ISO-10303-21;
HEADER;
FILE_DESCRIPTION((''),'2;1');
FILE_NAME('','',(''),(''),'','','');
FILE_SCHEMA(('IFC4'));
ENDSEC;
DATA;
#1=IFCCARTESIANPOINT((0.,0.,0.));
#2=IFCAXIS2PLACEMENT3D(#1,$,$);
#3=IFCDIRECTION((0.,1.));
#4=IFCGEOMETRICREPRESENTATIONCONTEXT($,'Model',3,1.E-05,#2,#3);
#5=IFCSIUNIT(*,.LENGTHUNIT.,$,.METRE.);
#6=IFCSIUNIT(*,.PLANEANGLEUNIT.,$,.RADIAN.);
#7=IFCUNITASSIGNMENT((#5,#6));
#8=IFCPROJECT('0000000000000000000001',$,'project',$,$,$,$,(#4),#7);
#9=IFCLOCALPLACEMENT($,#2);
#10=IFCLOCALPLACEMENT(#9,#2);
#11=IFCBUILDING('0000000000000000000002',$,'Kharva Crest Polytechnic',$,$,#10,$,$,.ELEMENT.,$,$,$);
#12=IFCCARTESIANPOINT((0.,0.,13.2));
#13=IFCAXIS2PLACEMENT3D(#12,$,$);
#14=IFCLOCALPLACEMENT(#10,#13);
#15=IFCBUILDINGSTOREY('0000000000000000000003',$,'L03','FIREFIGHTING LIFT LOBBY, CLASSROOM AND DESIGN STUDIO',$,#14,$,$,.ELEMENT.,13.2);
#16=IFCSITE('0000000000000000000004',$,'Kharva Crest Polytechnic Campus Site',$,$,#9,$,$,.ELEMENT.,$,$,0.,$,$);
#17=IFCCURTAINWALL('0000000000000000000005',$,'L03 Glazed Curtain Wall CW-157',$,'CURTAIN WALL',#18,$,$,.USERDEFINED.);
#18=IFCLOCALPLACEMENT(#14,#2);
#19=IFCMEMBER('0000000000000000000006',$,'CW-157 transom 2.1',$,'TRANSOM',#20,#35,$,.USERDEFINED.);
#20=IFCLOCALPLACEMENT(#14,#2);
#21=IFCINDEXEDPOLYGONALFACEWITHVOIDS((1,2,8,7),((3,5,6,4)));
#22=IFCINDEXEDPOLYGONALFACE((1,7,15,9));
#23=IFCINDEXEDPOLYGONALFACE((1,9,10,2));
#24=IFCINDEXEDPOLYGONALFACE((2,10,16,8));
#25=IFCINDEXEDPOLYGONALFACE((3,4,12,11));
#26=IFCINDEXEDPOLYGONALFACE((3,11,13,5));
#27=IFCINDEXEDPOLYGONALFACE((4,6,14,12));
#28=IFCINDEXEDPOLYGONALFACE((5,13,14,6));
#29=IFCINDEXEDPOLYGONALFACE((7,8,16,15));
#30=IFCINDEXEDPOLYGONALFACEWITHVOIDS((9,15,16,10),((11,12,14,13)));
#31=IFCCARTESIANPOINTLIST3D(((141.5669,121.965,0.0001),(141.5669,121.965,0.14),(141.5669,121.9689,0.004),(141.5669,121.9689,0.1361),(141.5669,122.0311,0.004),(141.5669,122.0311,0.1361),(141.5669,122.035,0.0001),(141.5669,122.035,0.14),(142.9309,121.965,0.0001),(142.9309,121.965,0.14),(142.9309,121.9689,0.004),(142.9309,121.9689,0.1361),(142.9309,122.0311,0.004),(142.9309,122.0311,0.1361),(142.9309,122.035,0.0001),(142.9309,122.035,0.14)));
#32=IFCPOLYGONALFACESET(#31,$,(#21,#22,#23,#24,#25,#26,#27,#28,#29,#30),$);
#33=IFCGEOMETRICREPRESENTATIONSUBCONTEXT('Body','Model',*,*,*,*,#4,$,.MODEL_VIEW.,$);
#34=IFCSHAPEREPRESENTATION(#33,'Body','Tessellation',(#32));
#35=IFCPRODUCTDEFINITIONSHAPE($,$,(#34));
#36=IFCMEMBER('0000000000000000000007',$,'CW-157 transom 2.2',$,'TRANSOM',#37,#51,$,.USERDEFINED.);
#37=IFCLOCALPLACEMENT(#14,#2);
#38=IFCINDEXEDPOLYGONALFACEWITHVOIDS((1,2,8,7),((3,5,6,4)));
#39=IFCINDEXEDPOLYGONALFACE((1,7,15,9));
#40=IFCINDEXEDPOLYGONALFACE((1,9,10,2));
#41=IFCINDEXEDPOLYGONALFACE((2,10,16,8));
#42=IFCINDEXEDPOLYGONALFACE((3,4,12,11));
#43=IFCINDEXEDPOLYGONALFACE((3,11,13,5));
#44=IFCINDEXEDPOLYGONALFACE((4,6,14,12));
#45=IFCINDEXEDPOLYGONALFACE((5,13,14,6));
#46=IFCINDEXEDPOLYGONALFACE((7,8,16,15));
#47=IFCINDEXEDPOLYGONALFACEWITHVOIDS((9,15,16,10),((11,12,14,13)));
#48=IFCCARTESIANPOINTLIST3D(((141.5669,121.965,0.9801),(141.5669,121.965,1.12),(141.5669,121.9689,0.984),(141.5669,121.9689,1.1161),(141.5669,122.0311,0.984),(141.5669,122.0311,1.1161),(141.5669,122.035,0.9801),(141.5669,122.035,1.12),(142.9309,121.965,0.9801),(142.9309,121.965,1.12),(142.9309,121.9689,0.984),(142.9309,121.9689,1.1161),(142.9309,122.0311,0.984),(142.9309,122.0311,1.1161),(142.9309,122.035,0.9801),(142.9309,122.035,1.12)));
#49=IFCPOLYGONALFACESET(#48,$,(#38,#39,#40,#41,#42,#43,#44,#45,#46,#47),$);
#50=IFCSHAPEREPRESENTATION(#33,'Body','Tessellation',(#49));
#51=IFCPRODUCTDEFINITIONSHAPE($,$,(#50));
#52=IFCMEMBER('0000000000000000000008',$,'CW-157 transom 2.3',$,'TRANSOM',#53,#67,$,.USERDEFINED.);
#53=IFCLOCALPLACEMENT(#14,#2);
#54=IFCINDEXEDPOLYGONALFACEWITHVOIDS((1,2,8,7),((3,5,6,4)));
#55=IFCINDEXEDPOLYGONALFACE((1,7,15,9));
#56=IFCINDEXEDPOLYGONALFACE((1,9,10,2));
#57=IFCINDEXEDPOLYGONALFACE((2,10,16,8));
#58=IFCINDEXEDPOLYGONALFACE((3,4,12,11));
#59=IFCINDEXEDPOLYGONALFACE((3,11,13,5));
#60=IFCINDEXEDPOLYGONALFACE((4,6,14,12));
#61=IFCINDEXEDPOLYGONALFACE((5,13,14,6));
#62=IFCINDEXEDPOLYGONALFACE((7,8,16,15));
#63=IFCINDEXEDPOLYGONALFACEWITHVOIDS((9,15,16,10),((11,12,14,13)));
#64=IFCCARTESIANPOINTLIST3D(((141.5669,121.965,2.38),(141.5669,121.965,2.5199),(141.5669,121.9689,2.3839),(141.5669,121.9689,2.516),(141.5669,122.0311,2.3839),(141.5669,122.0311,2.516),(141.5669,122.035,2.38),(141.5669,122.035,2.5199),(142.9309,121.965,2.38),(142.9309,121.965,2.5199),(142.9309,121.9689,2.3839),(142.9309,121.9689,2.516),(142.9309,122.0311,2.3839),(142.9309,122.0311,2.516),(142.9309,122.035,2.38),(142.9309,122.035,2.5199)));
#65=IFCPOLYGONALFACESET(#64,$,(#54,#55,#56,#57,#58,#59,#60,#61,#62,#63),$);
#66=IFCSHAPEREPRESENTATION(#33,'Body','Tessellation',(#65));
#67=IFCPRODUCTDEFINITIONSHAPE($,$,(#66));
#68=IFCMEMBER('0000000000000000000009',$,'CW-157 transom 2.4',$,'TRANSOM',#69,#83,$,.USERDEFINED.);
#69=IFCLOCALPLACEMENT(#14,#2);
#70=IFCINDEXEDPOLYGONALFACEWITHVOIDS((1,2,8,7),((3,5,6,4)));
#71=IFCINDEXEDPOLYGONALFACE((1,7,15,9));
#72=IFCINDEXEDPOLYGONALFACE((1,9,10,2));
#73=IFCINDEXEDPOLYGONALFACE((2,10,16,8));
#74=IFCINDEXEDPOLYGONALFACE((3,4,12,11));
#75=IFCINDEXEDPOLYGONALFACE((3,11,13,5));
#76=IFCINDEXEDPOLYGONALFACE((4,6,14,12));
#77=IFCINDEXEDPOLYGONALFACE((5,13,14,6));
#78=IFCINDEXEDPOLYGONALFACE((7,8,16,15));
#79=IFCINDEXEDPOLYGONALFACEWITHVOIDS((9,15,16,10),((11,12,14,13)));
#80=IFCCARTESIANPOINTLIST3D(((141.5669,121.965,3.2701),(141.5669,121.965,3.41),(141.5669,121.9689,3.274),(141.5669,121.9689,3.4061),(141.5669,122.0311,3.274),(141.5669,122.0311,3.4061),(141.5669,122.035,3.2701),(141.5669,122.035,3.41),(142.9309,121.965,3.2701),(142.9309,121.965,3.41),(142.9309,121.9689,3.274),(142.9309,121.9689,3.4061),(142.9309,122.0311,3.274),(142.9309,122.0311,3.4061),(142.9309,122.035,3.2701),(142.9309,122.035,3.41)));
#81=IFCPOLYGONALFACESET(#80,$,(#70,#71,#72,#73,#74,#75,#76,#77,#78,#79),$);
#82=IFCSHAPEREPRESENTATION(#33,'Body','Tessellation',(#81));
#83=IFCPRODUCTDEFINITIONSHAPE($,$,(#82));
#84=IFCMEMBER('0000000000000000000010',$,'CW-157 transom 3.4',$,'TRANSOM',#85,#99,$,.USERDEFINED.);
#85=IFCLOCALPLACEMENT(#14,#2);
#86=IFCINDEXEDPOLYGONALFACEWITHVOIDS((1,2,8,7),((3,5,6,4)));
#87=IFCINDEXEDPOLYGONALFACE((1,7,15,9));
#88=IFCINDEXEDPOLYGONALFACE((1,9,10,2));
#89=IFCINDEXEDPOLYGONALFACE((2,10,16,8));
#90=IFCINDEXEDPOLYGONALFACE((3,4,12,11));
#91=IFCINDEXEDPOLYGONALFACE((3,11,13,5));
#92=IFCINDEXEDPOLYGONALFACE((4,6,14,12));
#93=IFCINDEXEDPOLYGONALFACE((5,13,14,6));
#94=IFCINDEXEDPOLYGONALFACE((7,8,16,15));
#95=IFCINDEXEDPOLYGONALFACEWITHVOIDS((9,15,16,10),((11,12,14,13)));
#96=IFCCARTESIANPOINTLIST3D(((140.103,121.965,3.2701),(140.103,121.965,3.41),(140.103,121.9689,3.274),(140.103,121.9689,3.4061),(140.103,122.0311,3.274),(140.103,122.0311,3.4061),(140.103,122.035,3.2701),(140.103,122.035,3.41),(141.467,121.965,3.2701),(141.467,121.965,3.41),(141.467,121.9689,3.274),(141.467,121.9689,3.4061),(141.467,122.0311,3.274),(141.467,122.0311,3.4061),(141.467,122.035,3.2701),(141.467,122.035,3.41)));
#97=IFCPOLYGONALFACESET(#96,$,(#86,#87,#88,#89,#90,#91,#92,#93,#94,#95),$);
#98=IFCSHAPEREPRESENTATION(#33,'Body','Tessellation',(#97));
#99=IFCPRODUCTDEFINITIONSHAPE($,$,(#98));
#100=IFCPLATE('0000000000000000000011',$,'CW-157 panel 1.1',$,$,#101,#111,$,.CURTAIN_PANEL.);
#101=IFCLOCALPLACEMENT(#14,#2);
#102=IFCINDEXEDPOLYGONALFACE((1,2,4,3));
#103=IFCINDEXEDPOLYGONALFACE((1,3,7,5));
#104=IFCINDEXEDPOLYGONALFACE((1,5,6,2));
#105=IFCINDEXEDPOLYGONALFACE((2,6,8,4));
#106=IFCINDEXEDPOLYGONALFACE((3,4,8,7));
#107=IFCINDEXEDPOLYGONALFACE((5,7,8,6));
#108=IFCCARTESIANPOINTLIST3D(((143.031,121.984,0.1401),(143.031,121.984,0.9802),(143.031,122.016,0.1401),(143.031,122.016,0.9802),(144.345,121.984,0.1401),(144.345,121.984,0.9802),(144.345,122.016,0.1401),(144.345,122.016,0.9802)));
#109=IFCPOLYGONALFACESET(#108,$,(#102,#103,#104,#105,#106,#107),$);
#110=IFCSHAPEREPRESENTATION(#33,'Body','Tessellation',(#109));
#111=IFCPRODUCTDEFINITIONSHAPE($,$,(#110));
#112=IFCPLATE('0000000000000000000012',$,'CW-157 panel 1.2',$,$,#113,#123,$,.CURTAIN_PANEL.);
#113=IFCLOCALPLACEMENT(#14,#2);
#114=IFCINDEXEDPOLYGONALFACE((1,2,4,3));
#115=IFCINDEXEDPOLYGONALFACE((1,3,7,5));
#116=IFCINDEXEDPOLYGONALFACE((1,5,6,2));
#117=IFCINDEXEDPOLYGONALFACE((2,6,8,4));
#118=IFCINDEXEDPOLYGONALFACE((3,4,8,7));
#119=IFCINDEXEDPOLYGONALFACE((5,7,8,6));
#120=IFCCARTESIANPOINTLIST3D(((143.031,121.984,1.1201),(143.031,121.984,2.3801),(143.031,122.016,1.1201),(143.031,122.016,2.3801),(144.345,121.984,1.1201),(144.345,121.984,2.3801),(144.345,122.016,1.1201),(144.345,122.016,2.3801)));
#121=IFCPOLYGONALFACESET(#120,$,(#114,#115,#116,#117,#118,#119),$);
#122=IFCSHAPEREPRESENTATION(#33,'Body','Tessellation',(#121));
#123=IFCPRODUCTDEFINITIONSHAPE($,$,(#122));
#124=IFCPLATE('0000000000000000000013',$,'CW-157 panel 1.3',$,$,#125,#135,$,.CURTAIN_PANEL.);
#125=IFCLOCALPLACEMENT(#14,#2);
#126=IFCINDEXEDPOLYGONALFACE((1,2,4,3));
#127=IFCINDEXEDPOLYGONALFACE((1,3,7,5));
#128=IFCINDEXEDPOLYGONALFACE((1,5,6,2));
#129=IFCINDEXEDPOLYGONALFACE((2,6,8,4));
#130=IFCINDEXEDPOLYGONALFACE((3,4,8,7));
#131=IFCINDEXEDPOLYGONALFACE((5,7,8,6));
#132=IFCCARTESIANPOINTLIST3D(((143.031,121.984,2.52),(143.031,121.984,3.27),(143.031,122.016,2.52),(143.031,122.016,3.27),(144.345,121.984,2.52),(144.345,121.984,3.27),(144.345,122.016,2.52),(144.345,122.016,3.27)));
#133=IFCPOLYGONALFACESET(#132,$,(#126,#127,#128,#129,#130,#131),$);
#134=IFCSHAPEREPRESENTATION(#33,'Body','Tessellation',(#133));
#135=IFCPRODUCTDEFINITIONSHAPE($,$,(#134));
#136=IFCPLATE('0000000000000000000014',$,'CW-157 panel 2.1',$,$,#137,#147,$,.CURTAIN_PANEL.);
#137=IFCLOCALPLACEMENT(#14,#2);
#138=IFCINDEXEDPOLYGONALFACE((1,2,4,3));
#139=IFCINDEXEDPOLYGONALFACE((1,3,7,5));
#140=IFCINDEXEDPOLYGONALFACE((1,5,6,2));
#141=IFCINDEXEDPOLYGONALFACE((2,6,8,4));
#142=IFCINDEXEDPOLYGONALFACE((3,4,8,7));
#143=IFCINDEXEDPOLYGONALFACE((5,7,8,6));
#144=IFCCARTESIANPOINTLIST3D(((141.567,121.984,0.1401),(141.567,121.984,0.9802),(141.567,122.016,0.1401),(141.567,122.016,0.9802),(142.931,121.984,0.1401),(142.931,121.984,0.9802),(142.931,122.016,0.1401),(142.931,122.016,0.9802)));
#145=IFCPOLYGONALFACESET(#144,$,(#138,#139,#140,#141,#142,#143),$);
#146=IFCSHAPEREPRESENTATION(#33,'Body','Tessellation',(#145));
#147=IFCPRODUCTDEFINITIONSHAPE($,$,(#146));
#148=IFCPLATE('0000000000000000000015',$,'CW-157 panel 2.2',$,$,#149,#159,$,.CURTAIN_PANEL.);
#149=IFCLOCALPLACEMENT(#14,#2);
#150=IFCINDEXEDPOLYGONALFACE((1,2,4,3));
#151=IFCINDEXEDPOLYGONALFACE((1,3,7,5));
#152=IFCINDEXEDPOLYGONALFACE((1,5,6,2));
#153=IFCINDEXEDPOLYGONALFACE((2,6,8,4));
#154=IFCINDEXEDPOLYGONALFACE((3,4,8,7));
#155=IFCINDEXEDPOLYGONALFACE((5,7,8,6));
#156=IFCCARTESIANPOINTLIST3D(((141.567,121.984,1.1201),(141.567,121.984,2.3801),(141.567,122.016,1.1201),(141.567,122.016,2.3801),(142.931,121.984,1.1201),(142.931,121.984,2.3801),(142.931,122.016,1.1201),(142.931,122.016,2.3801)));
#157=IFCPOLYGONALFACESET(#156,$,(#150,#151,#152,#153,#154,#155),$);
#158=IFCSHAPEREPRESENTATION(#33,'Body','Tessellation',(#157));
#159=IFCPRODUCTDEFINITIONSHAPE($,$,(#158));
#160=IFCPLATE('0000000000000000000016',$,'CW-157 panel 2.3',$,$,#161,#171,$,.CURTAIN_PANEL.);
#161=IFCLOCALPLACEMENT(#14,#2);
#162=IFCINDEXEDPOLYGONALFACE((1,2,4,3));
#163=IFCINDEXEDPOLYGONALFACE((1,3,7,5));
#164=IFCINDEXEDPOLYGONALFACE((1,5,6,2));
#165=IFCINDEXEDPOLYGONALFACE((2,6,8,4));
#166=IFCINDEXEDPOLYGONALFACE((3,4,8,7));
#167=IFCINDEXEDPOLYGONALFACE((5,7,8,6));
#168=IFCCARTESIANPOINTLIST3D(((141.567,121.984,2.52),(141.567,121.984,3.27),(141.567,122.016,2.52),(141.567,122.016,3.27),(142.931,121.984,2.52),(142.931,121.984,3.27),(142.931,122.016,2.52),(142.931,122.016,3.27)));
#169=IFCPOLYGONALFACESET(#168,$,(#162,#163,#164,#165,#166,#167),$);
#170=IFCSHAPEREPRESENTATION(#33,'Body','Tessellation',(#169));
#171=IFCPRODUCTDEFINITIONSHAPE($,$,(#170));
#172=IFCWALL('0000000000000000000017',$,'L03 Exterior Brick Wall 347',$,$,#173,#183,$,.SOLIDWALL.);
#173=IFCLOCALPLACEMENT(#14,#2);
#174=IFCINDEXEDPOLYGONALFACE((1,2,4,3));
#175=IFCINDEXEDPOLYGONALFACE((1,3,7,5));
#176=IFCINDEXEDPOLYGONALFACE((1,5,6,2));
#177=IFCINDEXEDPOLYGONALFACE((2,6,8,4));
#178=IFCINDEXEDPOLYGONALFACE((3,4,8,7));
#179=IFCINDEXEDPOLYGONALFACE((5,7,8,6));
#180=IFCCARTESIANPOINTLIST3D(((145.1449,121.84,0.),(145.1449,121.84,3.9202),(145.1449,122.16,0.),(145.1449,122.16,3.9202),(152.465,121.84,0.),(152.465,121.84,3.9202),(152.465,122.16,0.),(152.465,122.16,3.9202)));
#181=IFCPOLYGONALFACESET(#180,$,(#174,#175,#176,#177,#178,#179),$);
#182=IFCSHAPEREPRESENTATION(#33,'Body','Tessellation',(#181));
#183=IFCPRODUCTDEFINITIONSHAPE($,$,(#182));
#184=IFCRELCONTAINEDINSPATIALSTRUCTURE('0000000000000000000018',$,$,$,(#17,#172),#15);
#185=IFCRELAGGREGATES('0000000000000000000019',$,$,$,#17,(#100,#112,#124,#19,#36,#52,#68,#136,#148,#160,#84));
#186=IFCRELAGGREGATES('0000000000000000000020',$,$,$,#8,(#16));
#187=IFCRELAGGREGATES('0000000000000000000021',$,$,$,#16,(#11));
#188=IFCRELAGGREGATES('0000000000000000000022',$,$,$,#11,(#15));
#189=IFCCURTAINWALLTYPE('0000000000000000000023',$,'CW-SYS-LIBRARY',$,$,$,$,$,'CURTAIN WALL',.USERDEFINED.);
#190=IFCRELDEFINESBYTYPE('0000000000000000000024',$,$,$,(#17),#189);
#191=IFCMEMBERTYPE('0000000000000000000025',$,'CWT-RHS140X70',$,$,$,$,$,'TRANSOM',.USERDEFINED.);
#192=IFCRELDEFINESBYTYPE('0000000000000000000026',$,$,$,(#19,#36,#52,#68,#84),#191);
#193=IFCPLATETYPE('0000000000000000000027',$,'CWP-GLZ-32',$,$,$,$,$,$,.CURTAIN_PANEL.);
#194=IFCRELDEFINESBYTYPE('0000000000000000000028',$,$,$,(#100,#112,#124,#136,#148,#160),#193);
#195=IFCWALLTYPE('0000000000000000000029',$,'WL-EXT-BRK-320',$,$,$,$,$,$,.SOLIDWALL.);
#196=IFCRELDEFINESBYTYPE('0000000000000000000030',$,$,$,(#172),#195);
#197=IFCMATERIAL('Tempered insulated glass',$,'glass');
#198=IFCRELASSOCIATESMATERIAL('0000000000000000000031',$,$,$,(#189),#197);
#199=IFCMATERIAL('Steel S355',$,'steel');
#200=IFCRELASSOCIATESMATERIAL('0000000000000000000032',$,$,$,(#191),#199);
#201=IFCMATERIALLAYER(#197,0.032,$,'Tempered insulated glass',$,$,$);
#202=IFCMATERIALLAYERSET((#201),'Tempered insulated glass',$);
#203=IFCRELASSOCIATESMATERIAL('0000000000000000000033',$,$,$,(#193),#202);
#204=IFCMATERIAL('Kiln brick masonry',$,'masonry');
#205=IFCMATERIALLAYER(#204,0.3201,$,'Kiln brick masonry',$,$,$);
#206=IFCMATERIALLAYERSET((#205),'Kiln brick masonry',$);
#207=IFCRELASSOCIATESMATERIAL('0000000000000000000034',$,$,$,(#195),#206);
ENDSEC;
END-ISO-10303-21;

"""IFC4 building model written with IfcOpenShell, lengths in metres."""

from ifc_helpers import new_model, si_unit, direction, frame, frame_2d, origin, origin_2d, place, context, subcontext, project, spatial, rectangle, hollow_rectangle, extrude, material, layer, layer_set, material_profile, profile_set, type_object, element, aggregate, save


model = new_model("IFC4")

# Units and contexts
model_context = context("Model", 3, precision=1e-05, world=origin(), true_north=direction((0.0, 1.0)))
body_context = subcontext(model_context, "Body", "Model", "MODEL_VIEW")
ifc_project = project(units=[si_unit("LENGTHUNIT", "METRE"), si_unit("PLANEANGLEUNIT", "RADIAN")], contexts=[model_context])

# Site, building, storey
site_placement = place(None, origin())
site = spatial("IfcSite", under=ifc_project, at=site_placement, Name="Kharva Crest Polytechnic Campus Site", CompositionType="ELEMENT", RefElevation=0.0)
building_placement = place(site_placement, origin())
building = spatial("IfcBuilding", under=site, at=building_placement, Name="Kharva Crest Polytechnic", CompositionType="ELEMENT")
storey_placement = place(building_placement, frame((0.0, 0.0, 13.2)))
storey = spatial("IfcBuildingStorey", under=building, at=storey_placement, Name="L03", Description="FIREFIGHTING LIFT LOBBY, CLASSROOM AND DESIGN STUDIO", CompositionType="ELEMENT", Elevation=13.2)

# Shared definitions
ifc_material_1 = material(Name="Steel S355", Category="steel")

# Curtain wall, members, plates
ifc_material_2 = material(Name="Tempered insulated glass", Category="glass")
curtain_wall_type = type_object("IfcCurtainWallType", Name="CW-SYS-LIBRARY", ElementType="CURTAIN WALL", PredefinedType="USERDEFINED", material=ifc_material_2)
curtain_wall_placement = place(storey_placement, origin())
curtain_wall = element("IfcCurtainWall", 1, at=curtain_wall_placement, inside=storey, type_object=curtain_wall_type, Name="L03 Glazed Curtain Wall CW-157", ObjectType="CURTAIN WALL", PredefinedType="USERDEFINED")
ifc_material_profile_1 = material_profile(ifc_material_1, hollow_rectangle(XDim=0.0701, YDim=0.1399, WallThickness=0.0039, at=origin_2d()), Name="RHS 140X70X4.0")
ifc_profile_set_1 = profile_set([ifc_material_profile_1], Name="Steel S355")
member_type_1 = type_object("IfcMemberType", Name="CWT-RHS140X70", ElementType="TRANSOM", PredefinedType="USERDEFINED", material=ifc_profile_set_1)
member_1_placement = place(storey_placement, frame((142.9309, 122.0, 0.0701), z_axis=(-1.0, 0.0, 0.0), x_axis=(0.0, -1.0, 0.0)))
member_1 = element("IfcMember", 2, at=member_1_placement, type_object=member_type_1, Name="CW-157 transom 2.1", ObjectType="TRANSOM", PredefinedType="USERDEFINED", context=body_context, shape_type="SweptSolid", body=[
    extrude(hollow_rectangle(XDim=0.0701, YDim=0.1399, WallThickness=0.0039, at=origin_2d()), origin(), (0.0, 0.0, 1.0), 1.364),
])
member_2_placement = place(storey_placement, frame((142.9309, 122.0, 1.05), z_axis=(-1.0, 0.0, 0.0), x_axis=(0.0, -1.0, 0.0)))
member_2 = element("IfcMember", 3, at=member_2_placement, type_object=member_type_1, Name="CW-157 transom 2.2", ObjectType="TRANSOM", PredefinedType="USERDEFINED", context=body_context, shape_type="SweptSolid", body=[
    extrude(hollow_rectangle(XDim=0.0701, YDim=0.1399, WallThickness=0.0039, at=origin_2d()), origin(), (0.0, 0.0, 1.0), 1.364),
])
member_3_placement = place(storey_placement, frame((142.9309, 122.0, 2.45), z_axis=(-1.0, 0.0, 0.0), x_axis=(0.0, -1.0, 0.0)))
member_3 = element("IfcMember", 4, at=member_3_placement, type_object=member_type_1, Name="CW-157 transom 2.3", ObjectType="TRANSOM", PredefinedType="USERDEFINED", context=body_context, shape_type="SweptSolid", body=[
    extrude(hollow_rectangle(XDim=0.0701, YDim=0.1399, WallThickness=0.0039, at=origin_2d()), origin(), (0.0, 0.0, 1.0), 1.364),
])
member_4_placement = place(storey_placement, frame((142.9309, 122.0, 3.3401), z_axis=(-1.0, 0.0, 0.0), x_axis=(0.0, -1.0, 0.0)))
member_4 = element("IfcMember", 5, at=member_4_placement, type_object=member_type_1, Name="CW-157 transom 2.4", ObjectType="TRANSOM", PredefinedType="USERDEFINED", context=body_context, shape_type="SweptSolid", body=[
    extrude(hollow_rectangle(XDim=0.0701, YDim=0.1399, WallThickness=0.0039, at=origin_2d()), origin(), (0.0, 0.0, 1.0), 1.364),
])
member_5_placement = place(storey_placement, frame((141.467, 122.0, 3.3401), z_axis=(-1.0, 0.0, 0.0), x_axis=(0.0, -1.0, 0.0)))
member_5 = element("IfcMember", 6, at=member_5_placement, type_object=member_type_1, Name="CW-157 transom 3.4", ObjectType="TRANSOM", PredefinedType="USERDEFINED", context=body_context, shape_type="SweptSolid", body=[
    extrude(hollow_rectangle(XDim=0.0701, YDim=0.1399, WallThickness=0.0039, at=origin_2d()), origin(), (0.0, 0.0, 1.0), 1.364),
])
ifc_layer_1 = layer(ifc_material_2, 0.032, Name="Tempered insulated glass")
ifc_layer_set_1 = layer_set([ifc_layer_1], Name="Tempered insulated glass")
plate_type = type_object("IfcPlateType", Name="CWP-GLZ-32", PredefinedType="CURTAIN_PANEL", material=ifc_layer_set_1)
plate_1_placement = place(storey_placement, frame((143.688, 122.0, 0.1401), z_axis=(0.0, 0.0, 1.0), x_axis=(-1.0, 0.0, 0.0)))
plate_1 = element("IfcPlate", 7, at=plate_1_placement, type_object=plate_type, Name="CW-157 panel 1.1", PredefinedType="CURTAIN_PANEL", context=body_context, shape_type="SweptSolid", body=[
    extrude(rectangle(XDim=1.314, YDim=0.032, at=origin_2d()), origin(), (0.0, 0.0, 1.0), 0.8401),
])
plate_2_placement = place(storey_placement, frame((143.688, 122.0, 1.1201), z_axis=(0.0, 0.0, 1.0), x_axis=(-1.0, 0.0, 0.0)))
plate_2 = element("IfcPlate", 8, at=plate_2_placement, type_object=plate_type, Name="CW-157 panel 1.2", PredefinedType="CURTAIN_PANEL", context=body_context, shape_type="SweptSolid", body=[
    extrude(rectangle(XDim=1.314, YDim=0.032, at=origin_2d()), origin(), (0.0, 0.0, 1.0), 1.26),
])
plate_3_placement = place(storey_placement, frame((143.688, 122.0, 2.52), z_axis=(0.0, 0.0, 1.0), x_axis=(-1.0, 0.0, 0.0)))
plate_3 = element("IfcPlate", 9, at=plate_3_placement, type_object=plate_type, Name="CW-157 panel 1.3", PredefinedType="CURTAIN_PANEL", context=body_context, shape_type="SweptSolid", body=[
    extrude(rectangle(XDim=1.314, YDim=0.032, at=origin_2d()), origin(), (0.0, 0.0, 1.0), 0.75),
])
plate_4_placement = place(storey_placement, frame((142.249, 122.0, 0.1401), z_axis=(0.0, 0.0, 1.0), x_axis=(-1.0, 0.0, 0.0)))
plate_4 = element("IfcPlate", 10, at=plate_4_placement, type_object=plate_type, Name="CW-157 panel 2.1", PredefinedType="CURTAIN_PANEL", context=body_context, shape_type="SweptSolid", body=[
    extrude(rectangle(XDim=1.364, YDim=0.032, at=origin_2d()), origin(), (0.0, 0.0, 1.0), 0.8401),
])
plate_5_placement = place(storey_placement, frame((142.249, 122.0, 1.1201), z_axis=(0.0, 0.0, 1.0), x_axis=(-1.0, 0.0, 0.0)))
plate_5 = element("IfcPlate", 11, at=plate_5_placement, type_object=plate_type, Name="CW-157 panel 2.2", PredefinedType="CURTAIN_PANEL", context=body_context, shape_type="SweptSolid", body=[
    extrude(rectangle(XDim=1.364, YDim=0.032, at=origin_2d()), origin(), (0.0, 0.0, 1.0), 1.26),
])
plate_6_placement = place(storey_placement, frame((142.249, 122.0, 2.52), z_axis=(0.0, 0.0, 1.0), x_axis=(-1.0, 0.0, 0.0)))
plate_6 = element("IfcPlate", 12, at=plate_6_placement, type_object=plate_type, Name="CW-157 panel 2.3", PredefinedType="CURTAIN_PANEL", context=body_context, shape_type="SweptSolid", body=[
    extrude(rectangle(XDim=1.364, YDim=0.032, at=origin_2d()), origin(), (0.0, 0.0, 1.0), 0.75),
])
aggregate(curtain_wall, [plate_1, plate_2, plate_3, member_1, member_2, member_3, member_4, plate_4, plate_5, plate_6, member_5])

# Wall
ifc_material_3 = material(Name="Kiln brick masonry", Category="masonry")
ifc_layer_2 = layer(ifc_material_3, 0.3201, Name="Kiln brick masonry")
ifc_layer_set_2 = layer_set([ifc_layer_2], Name="Kiln brick masonry")
wall_type = type_object("IfcWallType", Name="WL-EXT-BRK-320", PredefinedType="SOLIDWALL", material=ifc_layer_set_2)
wall_placement = place(storey_placement, frame((152.4651, 122.0, 0.0), z_axis=(0.0, 0.0, 1.0), x_axis=(-1.0, 0.0, 0.0)))
element("IfcWall", 13, at=wall_placement, inside=storey, type_object=wall_type, Name="L03 Exterior Brick Wall 347", PredefinedType="SOLIDWALL", context=body_context, shape_type="SweptSolid", body=[
    extrude(rectangle(XDim=7.3201, YDim=0.3201, at=frame_2d((3.6602, 0.0))), origin(), (0.0, 0.0, 1.0), 3.9202),
])

save(model, "model.ifc")
